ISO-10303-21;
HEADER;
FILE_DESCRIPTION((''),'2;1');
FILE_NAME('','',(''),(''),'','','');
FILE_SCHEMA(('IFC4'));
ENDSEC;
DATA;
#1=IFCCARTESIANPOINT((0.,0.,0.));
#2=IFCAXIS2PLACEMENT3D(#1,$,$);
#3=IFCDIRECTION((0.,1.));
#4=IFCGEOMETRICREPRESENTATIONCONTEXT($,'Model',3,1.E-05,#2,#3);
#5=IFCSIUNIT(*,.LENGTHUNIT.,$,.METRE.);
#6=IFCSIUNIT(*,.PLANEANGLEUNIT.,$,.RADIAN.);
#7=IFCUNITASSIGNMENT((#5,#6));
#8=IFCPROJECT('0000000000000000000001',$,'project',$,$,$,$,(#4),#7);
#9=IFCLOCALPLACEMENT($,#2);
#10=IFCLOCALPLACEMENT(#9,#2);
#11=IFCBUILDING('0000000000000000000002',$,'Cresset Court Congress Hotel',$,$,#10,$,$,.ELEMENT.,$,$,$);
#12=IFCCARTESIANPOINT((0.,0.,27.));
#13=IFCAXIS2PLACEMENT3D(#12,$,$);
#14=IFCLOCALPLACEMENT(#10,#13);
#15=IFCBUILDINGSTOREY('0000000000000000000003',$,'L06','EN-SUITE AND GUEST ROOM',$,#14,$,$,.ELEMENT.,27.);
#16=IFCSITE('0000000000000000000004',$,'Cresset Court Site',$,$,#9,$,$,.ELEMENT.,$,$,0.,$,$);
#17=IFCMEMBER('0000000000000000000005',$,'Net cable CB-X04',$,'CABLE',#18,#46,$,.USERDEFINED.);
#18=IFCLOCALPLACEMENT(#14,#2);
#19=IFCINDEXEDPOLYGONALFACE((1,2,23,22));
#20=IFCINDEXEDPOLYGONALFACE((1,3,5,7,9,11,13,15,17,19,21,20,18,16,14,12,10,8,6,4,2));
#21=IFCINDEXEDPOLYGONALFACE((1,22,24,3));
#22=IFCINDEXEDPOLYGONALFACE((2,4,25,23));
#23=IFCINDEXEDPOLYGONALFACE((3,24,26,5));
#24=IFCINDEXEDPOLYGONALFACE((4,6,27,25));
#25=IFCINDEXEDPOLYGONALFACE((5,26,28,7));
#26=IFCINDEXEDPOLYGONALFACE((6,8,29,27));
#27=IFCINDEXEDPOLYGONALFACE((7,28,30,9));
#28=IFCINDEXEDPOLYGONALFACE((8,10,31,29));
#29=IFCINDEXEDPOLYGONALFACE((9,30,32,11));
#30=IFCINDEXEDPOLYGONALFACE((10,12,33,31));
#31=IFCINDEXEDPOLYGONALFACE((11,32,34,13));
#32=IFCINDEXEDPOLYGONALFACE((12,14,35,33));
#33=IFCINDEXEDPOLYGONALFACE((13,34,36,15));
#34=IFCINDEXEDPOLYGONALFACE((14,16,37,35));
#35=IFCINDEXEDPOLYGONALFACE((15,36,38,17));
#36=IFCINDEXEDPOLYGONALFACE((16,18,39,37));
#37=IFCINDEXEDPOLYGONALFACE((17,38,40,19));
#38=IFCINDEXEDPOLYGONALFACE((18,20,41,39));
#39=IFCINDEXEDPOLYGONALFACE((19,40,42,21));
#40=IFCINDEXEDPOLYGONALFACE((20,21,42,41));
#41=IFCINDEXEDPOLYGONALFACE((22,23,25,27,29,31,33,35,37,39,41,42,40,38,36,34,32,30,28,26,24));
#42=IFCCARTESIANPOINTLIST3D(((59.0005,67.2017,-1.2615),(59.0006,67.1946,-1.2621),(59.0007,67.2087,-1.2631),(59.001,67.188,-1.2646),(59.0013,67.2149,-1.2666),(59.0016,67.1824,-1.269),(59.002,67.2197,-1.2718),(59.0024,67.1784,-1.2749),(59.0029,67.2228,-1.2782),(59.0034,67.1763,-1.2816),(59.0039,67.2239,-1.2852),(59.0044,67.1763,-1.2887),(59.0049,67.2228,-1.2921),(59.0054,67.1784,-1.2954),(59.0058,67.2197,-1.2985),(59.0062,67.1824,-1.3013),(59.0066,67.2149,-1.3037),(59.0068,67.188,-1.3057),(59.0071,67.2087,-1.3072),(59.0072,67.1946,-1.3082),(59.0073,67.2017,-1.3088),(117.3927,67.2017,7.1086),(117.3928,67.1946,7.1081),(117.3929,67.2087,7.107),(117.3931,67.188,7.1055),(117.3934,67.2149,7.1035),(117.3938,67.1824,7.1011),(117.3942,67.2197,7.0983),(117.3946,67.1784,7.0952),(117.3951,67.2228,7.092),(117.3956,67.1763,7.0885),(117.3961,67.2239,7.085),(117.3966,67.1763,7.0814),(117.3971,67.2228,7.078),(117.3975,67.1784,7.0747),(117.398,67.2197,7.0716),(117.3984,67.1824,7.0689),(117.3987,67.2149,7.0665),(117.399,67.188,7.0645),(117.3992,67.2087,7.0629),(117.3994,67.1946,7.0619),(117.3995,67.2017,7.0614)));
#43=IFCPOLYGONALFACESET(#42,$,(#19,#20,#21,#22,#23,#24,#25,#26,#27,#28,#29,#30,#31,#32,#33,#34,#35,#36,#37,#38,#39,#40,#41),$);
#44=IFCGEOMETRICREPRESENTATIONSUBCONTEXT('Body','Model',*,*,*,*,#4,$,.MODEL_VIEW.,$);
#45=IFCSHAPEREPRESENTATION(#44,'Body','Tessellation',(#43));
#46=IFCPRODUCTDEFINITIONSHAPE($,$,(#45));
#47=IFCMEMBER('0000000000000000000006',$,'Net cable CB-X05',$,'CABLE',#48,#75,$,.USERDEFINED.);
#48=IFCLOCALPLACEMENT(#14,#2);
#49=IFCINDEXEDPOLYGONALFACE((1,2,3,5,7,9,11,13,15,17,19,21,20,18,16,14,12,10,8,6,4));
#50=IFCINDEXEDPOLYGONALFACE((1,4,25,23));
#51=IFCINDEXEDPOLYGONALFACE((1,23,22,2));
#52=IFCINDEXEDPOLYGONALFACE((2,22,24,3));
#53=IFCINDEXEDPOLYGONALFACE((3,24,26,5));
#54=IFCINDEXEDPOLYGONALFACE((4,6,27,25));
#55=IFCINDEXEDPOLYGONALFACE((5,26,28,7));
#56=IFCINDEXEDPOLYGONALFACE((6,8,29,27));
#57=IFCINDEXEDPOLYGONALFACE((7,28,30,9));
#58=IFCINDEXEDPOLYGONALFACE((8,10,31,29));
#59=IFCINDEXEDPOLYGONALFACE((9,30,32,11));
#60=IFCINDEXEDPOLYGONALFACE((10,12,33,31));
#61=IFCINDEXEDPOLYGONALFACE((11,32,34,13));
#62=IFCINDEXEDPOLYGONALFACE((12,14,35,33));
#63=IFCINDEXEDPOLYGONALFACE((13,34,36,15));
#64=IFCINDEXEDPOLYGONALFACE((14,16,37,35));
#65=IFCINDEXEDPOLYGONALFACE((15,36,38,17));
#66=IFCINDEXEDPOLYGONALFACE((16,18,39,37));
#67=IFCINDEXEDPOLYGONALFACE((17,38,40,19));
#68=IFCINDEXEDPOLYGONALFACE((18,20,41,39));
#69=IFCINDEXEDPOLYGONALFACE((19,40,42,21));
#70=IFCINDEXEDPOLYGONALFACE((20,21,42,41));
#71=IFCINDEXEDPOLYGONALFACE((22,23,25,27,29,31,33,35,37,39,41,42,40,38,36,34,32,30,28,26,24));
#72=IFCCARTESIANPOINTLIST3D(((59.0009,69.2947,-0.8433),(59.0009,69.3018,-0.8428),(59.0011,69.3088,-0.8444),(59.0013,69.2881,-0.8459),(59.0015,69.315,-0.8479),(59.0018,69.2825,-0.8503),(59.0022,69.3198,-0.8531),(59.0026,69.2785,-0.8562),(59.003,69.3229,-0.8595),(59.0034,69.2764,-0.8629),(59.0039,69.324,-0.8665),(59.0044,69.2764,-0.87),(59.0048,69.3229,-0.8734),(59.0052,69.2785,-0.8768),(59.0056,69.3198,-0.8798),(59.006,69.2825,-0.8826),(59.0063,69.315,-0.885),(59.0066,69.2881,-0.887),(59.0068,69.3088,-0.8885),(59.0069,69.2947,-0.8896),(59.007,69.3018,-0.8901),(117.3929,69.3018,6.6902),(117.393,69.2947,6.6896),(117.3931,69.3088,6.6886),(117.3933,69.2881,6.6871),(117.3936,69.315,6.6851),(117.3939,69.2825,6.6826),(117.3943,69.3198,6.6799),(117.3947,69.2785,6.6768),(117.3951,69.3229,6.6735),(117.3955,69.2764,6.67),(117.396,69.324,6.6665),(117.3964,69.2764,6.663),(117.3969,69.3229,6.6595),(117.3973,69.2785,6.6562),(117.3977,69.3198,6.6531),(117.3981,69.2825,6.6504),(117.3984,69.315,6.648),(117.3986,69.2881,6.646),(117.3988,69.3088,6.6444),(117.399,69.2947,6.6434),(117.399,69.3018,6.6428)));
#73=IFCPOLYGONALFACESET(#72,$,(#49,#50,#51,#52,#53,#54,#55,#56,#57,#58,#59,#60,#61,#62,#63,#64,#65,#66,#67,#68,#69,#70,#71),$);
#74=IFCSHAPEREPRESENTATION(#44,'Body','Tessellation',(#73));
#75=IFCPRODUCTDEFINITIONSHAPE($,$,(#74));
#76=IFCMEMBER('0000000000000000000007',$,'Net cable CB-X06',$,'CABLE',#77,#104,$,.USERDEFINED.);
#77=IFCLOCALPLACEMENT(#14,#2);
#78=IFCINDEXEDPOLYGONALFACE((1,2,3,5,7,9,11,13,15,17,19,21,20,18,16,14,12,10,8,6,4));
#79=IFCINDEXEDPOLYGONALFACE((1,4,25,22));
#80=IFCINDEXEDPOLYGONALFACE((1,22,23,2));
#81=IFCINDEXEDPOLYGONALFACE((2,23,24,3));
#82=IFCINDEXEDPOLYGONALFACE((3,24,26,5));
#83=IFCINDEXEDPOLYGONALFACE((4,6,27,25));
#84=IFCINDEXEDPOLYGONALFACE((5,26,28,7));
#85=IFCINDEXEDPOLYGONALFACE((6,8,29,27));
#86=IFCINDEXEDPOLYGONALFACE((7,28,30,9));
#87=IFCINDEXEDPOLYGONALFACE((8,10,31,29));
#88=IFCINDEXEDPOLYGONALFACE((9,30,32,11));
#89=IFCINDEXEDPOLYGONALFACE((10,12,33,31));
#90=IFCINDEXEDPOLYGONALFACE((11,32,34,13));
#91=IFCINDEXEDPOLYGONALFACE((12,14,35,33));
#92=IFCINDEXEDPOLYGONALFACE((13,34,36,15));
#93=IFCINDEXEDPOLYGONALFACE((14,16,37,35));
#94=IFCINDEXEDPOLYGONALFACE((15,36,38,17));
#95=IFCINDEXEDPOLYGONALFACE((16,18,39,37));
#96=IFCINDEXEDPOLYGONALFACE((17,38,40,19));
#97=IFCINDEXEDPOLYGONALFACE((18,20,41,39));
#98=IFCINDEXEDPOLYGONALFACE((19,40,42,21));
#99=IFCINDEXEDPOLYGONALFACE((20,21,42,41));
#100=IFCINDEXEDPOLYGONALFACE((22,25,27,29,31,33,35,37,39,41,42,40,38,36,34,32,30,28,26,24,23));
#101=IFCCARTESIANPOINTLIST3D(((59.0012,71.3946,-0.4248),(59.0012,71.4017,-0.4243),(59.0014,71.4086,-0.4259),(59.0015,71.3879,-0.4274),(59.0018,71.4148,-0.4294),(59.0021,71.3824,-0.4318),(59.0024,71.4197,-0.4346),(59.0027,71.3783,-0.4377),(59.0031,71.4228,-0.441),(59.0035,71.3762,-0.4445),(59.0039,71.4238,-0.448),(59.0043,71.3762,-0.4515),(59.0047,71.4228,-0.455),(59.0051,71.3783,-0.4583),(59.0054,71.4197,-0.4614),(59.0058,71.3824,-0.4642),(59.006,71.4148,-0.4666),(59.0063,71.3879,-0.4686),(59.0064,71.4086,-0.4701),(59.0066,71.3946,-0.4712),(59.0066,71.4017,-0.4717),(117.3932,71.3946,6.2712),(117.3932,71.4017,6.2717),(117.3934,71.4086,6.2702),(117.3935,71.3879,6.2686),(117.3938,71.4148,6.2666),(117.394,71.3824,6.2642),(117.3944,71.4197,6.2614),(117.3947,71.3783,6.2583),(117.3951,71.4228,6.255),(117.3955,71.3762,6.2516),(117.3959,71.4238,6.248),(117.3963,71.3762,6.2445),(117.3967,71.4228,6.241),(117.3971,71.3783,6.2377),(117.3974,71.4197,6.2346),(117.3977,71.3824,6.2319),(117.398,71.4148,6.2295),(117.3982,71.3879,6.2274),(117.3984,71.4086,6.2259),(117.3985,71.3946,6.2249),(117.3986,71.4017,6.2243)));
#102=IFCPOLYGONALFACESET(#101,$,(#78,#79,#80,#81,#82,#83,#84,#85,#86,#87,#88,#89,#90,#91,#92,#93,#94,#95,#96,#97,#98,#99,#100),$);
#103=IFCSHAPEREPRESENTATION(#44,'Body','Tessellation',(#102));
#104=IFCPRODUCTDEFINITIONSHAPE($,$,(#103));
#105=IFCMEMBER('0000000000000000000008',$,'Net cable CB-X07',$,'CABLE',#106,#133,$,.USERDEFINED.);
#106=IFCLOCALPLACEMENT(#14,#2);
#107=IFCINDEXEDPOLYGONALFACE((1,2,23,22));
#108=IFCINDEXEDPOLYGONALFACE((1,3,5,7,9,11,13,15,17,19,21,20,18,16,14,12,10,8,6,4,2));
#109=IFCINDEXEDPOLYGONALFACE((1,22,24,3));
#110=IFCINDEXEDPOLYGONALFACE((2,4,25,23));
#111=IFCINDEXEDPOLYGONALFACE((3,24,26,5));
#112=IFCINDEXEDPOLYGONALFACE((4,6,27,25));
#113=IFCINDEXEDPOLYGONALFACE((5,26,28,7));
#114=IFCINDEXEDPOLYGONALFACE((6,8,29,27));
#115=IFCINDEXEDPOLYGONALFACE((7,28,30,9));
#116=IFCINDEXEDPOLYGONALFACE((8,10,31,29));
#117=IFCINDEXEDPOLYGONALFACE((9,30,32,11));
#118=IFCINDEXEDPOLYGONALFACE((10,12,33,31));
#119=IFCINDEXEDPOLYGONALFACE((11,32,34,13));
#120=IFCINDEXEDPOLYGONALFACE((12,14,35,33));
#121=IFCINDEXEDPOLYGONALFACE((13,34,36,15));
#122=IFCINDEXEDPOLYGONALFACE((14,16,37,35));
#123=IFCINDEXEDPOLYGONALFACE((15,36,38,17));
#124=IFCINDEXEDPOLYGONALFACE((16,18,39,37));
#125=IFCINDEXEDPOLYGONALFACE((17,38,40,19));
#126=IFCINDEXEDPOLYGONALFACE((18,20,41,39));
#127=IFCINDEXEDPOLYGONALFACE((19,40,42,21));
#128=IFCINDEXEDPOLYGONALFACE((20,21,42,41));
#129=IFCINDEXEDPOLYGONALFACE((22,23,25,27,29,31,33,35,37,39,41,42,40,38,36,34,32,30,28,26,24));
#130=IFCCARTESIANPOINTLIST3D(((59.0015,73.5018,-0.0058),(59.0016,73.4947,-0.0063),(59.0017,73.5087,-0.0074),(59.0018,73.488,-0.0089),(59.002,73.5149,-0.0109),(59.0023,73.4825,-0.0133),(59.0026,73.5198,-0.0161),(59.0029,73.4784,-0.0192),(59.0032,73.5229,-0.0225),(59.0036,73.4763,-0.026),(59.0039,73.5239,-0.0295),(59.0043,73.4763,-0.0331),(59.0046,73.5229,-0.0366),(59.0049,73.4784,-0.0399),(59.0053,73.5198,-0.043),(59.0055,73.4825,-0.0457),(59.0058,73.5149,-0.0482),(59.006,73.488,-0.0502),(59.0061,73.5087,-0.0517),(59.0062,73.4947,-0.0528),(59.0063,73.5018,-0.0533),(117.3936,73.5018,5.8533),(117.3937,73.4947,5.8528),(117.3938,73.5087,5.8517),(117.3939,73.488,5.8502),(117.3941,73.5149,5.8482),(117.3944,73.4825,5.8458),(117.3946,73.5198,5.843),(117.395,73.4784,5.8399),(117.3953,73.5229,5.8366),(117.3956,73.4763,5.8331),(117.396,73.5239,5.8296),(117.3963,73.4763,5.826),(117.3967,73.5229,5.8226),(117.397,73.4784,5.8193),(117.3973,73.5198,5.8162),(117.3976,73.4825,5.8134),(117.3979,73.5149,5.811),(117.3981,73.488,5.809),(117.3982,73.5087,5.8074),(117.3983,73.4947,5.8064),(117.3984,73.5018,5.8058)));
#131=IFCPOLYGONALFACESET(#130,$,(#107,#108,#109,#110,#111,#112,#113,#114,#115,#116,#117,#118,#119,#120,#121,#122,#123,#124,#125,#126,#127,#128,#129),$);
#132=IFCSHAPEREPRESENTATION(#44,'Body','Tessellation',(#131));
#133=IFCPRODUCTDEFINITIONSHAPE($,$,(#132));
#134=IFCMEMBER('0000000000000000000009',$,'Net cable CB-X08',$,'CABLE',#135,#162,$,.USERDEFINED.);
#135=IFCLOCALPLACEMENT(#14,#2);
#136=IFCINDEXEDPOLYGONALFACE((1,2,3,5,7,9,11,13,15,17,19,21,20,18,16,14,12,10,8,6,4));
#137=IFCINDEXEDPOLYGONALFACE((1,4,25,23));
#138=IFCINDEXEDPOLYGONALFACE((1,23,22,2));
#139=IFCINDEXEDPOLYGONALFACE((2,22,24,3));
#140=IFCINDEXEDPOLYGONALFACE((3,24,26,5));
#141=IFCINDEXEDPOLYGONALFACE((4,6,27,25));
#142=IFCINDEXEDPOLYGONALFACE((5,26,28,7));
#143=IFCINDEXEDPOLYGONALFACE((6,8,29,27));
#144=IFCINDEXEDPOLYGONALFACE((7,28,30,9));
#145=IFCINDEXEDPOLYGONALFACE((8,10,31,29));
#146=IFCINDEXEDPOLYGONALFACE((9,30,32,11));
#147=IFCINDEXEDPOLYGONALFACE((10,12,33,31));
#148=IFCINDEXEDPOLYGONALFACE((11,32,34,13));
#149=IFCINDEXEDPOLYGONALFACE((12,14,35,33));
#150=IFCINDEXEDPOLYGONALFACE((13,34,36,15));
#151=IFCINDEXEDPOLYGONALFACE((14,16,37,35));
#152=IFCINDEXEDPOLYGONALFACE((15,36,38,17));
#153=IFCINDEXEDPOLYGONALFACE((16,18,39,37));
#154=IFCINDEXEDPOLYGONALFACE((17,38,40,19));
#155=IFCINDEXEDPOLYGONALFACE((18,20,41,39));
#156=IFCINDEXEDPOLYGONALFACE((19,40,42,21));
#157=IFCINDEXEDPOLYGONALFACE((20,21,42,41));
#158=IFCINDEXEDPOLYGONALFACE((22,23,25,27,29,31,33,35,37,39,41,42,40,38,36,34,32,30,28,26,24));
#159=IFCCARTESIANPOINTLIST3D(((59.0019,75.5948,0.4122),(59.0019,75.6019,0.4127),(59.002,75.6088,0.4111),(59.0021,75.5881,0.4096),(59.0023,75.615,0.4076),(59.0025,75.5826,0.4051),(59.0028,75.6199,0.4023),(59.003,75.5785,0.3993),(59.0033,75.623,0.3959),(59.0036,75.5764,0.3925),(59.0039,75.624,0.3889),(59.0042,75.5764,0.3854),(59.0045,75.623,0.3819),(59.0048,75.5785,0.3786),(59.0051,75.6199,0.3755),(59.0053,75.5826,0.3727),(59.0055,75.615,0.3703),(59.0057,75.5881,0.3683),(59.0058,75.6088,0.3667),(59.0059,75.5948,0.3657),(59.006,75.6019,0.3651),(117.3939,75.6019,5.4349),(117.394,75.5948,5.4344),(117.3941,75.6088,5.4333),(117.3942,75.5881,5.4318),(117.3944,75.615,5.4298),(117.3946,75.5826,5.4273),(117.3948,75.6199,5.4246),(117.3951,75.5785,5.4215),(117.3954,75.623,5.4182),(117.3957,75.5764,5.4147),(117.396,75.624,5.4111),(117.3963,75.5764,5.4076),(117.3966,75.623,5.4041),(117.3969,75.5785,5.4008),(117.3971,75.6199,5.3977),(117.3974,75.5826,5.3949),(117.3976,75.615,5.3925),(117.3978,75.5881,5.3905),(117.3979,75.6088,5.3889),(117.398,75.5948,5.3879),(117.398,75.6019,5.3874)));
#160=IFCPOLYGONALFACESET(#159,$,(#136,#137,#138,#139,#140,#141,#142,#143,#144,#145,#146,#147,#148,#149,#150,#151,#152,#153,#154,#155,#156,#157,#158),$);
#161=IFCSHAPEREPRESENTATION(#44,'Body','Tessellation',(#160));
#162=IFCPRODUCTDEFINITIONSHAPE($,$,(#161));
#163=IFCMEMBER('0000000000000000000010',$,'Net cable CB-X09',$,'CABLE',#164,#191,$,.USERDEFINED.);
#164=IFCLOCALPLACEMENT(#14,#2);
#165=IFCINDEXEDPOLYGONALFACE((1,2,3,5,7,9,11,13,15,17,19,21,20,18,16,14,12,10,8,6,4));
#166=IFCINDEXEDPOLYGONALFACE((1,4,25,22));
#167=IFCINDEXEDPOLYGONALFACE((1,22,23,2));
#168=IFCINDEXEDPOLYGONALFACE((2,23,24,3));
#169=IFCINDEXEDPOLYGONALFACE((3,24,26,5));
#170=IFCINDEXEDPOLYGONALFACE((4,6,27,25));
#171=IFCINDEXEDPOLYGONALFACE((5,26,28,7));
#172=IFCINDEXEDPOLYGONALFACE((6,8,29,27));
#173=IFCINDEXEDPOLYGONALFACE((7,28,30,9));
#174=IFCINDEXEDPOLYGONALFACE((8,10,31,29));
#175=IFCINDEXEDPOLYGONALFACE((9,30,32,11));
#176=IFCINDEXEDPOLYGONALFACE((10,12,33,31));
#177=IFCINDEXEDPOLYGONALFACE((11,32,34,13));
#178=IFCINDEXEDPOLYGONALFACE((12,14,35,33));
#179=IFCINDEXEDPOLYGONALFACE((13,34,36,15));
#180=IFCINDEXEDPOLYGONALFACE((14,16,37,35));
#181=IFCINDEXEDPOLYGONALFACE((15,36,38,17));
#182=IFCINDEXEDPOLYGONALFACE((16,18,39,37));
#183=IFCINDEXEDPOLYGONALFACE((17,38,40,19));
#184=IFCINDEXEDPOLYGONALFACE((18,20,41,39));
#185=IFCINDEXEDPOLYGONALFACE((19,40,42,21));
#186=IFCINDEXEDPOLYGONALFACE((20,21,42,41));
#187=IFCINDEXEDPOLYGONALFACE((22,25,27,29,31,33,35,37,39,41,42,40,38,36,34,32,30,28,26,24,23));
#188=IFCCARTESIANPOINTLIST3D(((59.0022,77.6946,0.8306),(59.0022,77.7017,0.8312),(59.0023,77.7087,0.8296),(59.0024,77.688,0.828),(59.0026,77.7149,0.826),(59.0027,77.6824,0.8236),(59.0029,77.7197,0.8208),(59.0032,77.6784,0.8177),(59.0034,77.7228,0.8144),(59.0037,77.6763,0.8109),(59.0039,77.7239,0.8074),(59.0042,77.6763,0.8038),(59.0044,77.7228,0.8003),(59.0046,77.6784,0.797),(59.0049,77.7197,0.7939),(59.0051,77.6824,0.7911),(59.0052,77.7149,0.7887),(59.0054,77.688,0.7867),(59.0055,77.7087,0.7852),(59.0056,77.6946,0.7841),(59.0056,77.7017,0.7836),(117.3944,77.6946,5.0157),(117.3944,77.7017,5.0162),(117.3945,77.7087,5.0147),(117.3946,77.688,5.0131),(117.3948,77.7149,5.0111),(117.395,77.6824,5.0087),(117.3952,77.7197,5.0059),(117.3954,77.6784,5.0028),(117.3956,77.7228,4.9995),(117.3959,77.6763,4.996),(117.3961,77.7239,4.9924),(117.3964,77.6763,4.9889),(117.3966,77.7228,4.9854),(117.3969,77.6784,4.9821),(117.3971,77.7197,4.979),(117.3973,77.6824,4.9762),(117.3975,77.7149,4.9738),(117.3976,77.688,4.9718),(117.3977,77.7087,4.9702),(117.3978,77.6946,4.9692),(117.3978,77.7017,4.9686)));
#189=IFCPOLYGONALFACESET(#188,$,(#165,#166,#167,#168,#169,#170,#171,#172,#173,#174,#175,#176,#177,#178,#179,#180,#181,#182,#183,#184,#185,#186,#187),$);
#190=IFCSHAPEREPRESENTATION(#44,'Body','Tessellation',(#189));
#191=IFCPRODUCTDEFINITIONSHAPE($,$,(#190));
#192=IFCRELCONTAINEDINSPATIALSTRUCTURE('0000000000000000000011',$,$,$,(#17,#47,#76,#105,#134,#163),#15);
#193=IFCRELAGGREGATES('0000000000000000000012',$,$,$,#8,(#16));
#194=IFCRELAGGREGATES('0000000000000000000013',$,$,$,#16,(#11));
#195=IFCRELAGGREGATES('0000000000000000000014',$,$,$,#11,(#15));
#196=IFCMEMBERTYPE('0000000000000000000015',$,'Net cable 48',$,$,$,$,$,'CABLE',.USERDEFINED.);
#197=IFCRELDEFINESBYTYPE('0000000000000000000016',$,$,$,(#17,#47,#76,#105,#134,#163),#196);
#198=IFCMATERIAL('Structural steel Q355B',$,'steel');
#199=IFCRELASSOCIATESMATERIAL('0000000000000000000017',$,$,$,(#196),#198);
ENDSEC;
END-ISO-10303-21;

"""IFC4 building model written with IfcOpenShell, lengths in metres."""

from ifc_helpers import new_model, si_unit, direction, frame, origin, origin_2d, place, context, subcontext, project, spatial, circle, extrude, material, material_profile, profile_set, type_object, element, save


model = new_model("IFC4")

# Units and contexts
model_context = context("Model", 3, precision=1e-05, world=origin(), true_north=direction((0.0, 1.0)))
body_context = subcontext(model_context, "Body", "Model", "MODEL_VIEW")
ifc_project = project(units=[si_unit("LENGTHUNIT", "METRE"), si_unit("PLANEANGLEUNIT", "RADIAN")], contexts=[model_context])

# Site, building, storey
site_placement = place(None, origin())
site = spatial("IfcSite", under=ifc_project, at=site_placement, Name="Cresset Court Site", CompositionType="ELEMENT", RefElevation=0.0)
building_placement = place(site_placement, origin())
building = spatial("IfcBuilding", under=site, at=building_placement, Name="Cresset Court Congress Hotel", CompositionType="ELEMENT")
storey_placement = place(building_placement, frame((0.0, 0.0, 27.0)))
storey = spatial("IfcBuildingStorey", under=building, at=storey_placement, Name="L06", Description="EN-SUITE AND GUEST ROOM", CompositionType="ELEMENT", Elevation=27.0)

# Members
ifc_material_1 = material(Name="Structural steel Q355B", Category="steel")
ifc_material_profile_1 = material_profile(ifc_material_1, circle(Radius=0.0239, at=origin_2d()), Name="CABLE48")
ifc_profile_set_1 = profile_set([ifc_material_profile_1], Name="Structural steel Q355B")
member_type_1 = type_object("IfcMemberType", Name="Net cable 48", ElementType="CABLE", PredefinedType="USERDEFINED", material=ifc_profile_set_1)
member_1_placement = place(storey_placement, frame((59.0039, 67.2, -1.2852), z_axis=(0.989882, 0.0, 0.141893), x_axis=(0.0, 1.0, 0.0)))
element("IfcMember", 1, at=member_1_placement, inside=storey, type_object=member_type_1, Name="Net cable CB-X04", ObjectType="CABLE", PredefinedType="USERDEFINED", context=body_context, shape_type="SweptSolid", body=[
    extrude(circle(Radius=0.0239, at=origin_2d()), origin(), (0.0, 0.0, 1.0), 58.989),
])
member_2_placement = place(storey_placement, frame((59.0039, 69.3, -0.8665), z_axis=(0.991781, 0.0, 0.127946), x_axis=(0.0, 1.0, 0.0)))
element("IfcMember", 2, at=member_2_placement, inside=storey, type_object=member_type_1, Name="Net cable CB-X05", ObjectType="CABLE", PredefinedType="USERDEFINED", context=body_context, shape_type="SweptSolid", body=[
    extrude(circle(Radius=0.0239, at=origin_2d()), origin(), (0.0, 0.0, 1.0), 58.876),
])
member_3_placement = place(storey_placement, frame((59.0039, 71.3999, -0.448), z_axis=(0.993489, 0.0, 0.113927), x_axis=(0.0, 1.0, 0.0)))
element("IfcMember", 3, at=member_3_placement, inside=storey, type_object=member_type_1, Name="Net cable CB-X06", ObjectType="CABLE", PredefinedType="USERDEFINED", context=body_context, shape_type="SweptSolid", body=[
    extrude(circle(Radius=0.0239, at=origin_2d()), origin(), (0.0, 0.0, 1.0), 58.7747),
])
member_4_placement = place(storey_placement, frame((59.0039, 73.5, -0.0295), z_axis=(0.995004, 0.0, 0.09984), x_axis=(0.0, 1.0, 0.0)))
element("IfcMember", 4, at=member_4_placement, inside=storey, type_object=member_type_1, Name="Net cable CB-X07", ObjectType="CABLE", PredefinedType="USERDEFINED", context=body_context, shape_type="SweptSolid", body=[
    extrude(circle(Radius=0.0239, at=origin_2d()), origin(), (0.0, 0.0, 1.0), 58.6853),
])
member_5_placement = place(storey_placement, frame((59.0039, 75.6001, 0.3889), z_axis=(0.996322, 0.0, 0.085692), x_axis=(0.0, 1.0, 0.0)))
element("IfcMember", 5, at=member_5_placement, inside=storey, type_object=member_type_1, Name="Net cable CB-X08", ObjectType="CABLE", PredefinedType="USERDEFINED", context=body_context, shape_type="SweptSolid", body=[
    extrude(circle(Radius=0.0239, at=origin_2d()), origin(), (0.0, 0.0, 1.0), 58.6077),
])
member_6_placement = place(storey_placement, frame((59.0039, 77.7, 0.8074), z_axis=(0.997441, 0.0, 0.071488), x_axis=(0.0, 1.0, 0.0)))
element("IfcMember", 6, at=member_6_placement, inside=storey, type_object=member_type_1, Name="Net cable CB-X09", ObjectType="CABLE", PredefinedType="USERDEFINED", context=body_context, shape_type="SweptSolid", body=[
    extrude(circle(Radius=0.0239, at=origin_2d()), origin(), (0.0, 0.0, 1.0), 58.542),
])

save(model, "model.ifc")
